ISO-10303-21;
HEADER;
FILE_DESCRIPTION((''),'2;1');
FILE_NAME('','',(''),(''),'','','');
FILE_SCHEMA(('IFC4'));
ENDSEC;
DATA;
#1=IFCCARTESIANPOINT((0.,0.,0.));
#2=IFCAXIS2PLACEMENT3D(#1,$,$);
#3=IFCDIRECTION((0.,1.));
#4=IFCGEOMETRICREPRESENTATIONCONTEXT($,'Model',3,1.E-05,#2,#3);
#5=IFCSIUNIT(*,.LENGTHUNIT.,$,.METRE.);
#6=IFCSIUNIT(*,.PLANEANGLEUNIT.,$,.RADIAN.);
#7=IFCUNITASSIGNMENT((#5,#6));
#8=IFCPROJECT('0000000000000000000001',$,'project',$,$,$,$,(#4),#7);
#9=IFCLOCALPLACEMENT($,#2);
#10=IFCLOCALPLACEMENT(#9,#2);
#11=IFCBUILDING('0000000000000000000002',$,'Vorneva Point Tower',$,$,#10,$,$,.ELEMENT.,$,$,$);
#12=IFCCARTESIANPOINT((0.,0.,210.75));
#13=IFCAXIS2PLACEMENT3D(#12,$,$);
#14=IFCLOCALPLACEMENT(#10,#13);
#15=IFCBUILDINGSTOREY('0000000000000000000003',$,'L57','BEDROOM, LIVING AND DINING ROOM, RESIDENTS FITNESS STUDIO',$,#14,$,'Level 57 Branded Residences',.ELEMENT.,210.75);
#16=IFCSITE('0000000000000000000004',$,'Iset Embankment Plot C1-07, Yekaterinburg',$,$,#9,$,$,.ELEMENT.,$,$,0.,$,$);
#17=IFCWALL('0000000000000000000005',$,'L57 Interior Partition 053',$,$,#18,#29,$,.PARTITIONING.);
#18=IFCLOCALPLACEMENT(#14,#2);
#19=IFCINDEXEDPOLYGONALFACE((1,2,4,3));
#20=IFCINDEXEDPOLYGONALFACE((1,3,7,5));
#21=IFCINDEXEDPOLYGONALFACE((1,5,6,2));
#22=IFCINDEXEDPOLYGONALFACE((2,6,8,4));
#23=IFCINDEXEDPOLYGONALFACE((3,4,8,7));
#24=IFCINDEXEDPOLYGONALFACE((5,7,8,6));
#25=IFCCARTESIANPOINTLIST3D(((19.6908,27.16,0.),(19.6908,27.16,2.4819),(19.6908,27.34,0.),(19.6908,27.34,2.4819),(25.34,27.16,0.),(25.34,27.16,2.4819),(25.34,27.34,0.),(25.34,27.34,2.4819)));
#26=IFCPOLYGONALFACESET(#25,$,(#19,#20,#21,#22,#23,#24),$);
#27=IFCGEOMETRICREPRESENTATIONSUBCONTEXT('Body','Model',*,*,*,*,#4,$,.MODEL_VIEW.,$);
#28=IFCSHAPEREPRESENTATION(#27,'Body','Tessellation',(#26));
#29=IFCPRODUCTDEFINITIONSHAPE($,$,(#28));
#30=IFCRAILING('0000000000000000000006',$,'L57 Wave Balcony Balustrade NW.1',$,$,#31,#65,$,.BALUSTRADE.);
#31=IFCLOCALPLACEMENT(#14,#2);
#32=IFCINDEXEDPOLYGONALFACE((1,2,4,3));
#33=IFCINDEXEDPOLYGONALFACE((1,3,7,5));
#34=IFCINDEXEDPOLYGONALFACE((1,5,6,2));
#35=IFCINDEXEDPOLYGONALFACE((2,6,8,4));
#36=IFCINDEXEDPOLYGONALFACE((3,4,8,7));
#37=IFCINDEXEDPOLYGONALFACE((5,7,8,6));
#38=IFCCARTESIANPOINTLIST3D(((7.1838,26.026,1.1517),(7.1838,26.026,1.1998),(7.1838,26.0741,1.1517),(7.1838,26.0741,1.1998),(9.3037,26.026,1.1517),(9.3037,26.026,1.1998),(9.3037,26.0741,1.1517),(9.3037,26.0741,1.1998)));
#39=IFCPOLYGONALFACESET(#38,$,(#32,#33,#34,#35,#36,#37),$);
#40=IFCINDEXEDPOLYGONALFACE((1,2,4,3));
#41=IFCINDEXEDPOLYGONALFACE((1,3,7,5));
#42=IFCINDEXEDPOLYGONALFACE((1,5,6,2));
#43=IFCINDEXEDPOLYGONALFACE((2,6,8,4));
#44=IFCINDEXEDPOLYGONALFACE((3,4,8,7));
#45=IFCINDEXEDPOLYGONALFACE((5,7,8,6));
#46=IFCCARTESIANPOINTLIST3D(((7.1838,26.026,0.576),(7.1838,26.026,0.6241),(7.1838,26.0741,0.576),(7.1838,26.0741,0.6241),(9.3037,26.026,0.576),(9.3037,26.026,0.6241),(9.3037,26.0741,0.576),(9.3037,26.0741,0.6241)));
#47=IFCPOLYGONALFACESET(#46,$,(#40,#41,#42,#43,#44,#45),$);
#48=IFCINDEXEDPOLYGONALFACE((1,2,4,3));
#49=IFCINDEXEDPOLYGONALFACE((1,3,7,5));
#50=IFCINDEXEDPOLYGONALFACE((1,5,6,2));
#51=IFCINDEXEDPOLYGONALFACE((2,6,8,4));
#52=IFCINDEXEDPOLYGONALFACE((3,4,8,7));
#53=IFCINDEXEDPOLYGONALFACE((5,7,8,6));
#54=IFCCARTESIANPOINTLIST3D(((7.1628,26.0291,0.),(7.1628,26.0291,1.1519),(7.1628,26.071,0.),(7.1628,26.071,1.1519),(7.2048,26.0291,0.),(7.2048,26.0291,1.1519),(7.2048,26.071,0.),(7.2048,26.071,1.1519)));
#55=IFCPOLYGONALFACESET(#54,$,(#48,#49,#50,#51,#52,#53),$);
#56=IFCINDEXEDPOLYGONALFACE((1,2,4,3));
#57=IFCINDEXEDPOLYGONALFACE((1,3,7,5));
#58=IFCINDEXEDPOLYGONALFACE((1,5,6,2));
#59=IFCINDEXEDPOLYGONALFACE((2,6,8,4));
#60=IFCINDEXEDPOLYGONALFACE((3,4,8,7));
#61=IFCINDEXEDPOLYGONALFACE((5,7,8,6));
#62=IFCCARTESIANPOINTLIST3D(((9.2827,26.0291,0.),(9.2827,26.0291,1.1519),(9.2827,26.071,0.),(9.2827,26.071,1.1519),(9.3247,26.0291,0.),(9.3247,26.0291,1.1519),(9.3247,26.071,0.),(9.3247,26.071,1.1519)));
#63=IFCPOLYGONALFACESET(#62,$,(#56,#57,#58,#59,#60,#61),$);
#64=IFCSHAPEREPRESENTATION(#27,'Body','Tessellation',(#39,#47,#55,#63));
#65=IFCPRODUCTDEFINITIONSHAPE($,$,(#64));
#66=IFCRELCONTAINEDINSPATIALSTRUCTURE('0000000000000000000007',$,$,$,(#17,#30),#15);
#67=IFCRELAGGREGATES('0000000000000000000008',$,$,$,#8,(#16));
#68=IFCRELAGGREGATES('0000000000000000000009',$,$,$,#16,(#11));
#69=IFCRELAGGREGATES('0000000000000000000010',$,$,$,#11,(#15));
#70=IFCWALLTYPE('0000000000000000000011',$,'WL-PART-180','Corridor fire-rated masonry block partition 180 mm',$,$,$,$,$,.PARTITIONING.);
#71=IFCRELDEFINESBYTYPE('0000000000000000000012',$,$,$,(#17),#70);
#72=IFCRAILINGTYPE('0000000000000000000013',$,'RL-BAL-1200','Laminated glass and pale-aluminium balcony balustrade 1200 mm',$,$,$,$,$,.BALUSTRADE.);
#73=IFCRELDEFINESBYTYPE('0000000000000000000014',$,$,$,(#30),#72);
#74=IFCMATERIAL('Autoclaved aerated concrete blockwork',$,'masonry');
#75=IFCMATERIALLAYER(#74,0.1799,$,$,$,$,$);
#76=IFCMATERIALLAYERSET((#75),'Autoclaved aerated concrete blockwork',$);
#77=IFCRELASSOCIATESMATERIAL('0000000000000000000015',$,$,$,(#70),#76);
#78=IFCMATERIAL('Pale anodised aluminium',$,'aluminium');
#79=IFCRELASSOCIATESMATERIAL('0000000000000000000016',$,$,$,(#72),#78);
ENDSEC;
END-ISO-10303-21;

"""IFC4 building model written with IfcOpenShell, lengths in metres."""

from ifc_helpers import new_model, si_unit, direction, frame, frame_2d, origin, origin_2d, place, context, subcontext, project, spatial, rectangle, extrude, material, layer, layer_set, type_object, element, save


model = new_model("IFC4")

# Units and contexts
model_context = context("Model", 3, precision=1e-05, world=origin(), true_north=direction((0.0, 1.0)))
body_context = subcontext(model_context, "Body", "Model", "MODEL_VIEW")
ifc_project = project(units=[si_unit("LENGTHUNIT", "METRE"), si_unit("PLANEANGLEUNIT", "RADIAN")], contexts=[model_context])

# Site, building, storey
site_placement = place(None, origin())
site = spatial("IfcSite", under=ifc_project, at=site_placement, Name="Iset Embankment Plot C1-07, Yekaterinburg", CompositionType="ELEMENT", RefElevation=0.0)
building_placement = place(site_placement, origin())
building = spatial("IfcBuilding", under=site, at=building_placement, Name="Vorneva Point Tower", CompositionType="ELEMENT")
storey_placement = place(building_placement, frame((0.0, 0.0, 210.75)))
storey = spatial("IfcBuildingStorey", under=building, at=storey_placement, Name="L57", Description="BEDROOM, LIVING AND DINING ROOM, RESIDENTS FITNESS STUDIO", LongName="Level 57 Branded Residences", CompositionType="ELEMENT", Elevation=210.75)

# Shared definitions
ifc_material_1 = material(Name="Pale anodised aluminium", Category="aluminium")

# Shared definitions
ifc_material_2 = material(Name="Autoclaved aerated concrete blockwork", Category="masonry")
ifc_layer_1 = layer(ifc_material_2, 0.1799)
ifc_layer_set_1 = layer_set([ifc_layer_1], Name="Autoclaved aerated concrete blockwork")
wall_type_1 = type_object("IfcWallType", Name="WL-PART-180", Description="Corridor fire-rated masonry block partition 180 mm", PredefinedType="PARTITIONING", material=ifc_layer_set_1)

# Wall
wall_1_placement = place(storey_placement, frame((25.3401, 27.25, 0.0), z_axis=(0.0, 0.0, 1.0), x_axis=(-1.0, 0.0, 0.0)))
element("IfcWall", 1, at=wall_1_placement, inside=storey, type_object=wall_type_1, Name="L57 Interior Partition 053", PredefinedType="PARTITIONING", context=body_context, shape_type="SweptSolid", body=[
    extrude(rectangle(XDim=5.6492, YDim=0.1799, at=frame_2d((2.8247, 0.0))), origin(), (0.0, 0.0, 1.0), 2.4819),
])

# Railing
railing_type = type_object("IfcRailingType", Name="RL-BAL-1200", Description="Laminated glass and pale-aluminium balcony balustrade 1200 mm", PredefinedType="BALUSTRADE", material=ifc_material_1)
railing_placement = place(storey_placement, frame((7.1838, 26.05, 0.0)))
element("IfcRailing", 2, at=railing_placement, inside=storey, type_object=railing_type, Name="L57 Wave Balcony Balustrade NW.1", PredefinedType="BALUSTRADE", context=body_context, shape_type="SweptSolid", body=[
    extrude(rectangle(XDim=0.0481, YDim=0.0481, at=origin_2d()), frame((0.0, 0.0, 1.1758), z_axis=(1.0, 0.0, 0.0), x_axis=(0.0, 1.0, 0.0)), (0.0, 0.0, 1.0), 2.1199),
    extrude(rectangle(XDim=0.0481, YDim=0.0481, at=origin_2d()), frame((0.0, 0.0, 0.6001), z_axis=(1.0, 0.0, 0.0), x_axis=(0.0, 1.0, 0.0)), (0.0, 0.0, 1.0), 2.1199),
    extrude(rectangle(XDim=0.042, YDim=0.042, at=origin_2d()), origin(), (0.0, 0.0, 1.0), 1.1519),
    extrude(rectangle(XDim=0.042, YDim=0.042, at=origin_2d()), frame((2.1199, 0.0, 0.0)), (0.0, 0.0, 1.0), 1.1519),
])

save(model, "model.ifc")
